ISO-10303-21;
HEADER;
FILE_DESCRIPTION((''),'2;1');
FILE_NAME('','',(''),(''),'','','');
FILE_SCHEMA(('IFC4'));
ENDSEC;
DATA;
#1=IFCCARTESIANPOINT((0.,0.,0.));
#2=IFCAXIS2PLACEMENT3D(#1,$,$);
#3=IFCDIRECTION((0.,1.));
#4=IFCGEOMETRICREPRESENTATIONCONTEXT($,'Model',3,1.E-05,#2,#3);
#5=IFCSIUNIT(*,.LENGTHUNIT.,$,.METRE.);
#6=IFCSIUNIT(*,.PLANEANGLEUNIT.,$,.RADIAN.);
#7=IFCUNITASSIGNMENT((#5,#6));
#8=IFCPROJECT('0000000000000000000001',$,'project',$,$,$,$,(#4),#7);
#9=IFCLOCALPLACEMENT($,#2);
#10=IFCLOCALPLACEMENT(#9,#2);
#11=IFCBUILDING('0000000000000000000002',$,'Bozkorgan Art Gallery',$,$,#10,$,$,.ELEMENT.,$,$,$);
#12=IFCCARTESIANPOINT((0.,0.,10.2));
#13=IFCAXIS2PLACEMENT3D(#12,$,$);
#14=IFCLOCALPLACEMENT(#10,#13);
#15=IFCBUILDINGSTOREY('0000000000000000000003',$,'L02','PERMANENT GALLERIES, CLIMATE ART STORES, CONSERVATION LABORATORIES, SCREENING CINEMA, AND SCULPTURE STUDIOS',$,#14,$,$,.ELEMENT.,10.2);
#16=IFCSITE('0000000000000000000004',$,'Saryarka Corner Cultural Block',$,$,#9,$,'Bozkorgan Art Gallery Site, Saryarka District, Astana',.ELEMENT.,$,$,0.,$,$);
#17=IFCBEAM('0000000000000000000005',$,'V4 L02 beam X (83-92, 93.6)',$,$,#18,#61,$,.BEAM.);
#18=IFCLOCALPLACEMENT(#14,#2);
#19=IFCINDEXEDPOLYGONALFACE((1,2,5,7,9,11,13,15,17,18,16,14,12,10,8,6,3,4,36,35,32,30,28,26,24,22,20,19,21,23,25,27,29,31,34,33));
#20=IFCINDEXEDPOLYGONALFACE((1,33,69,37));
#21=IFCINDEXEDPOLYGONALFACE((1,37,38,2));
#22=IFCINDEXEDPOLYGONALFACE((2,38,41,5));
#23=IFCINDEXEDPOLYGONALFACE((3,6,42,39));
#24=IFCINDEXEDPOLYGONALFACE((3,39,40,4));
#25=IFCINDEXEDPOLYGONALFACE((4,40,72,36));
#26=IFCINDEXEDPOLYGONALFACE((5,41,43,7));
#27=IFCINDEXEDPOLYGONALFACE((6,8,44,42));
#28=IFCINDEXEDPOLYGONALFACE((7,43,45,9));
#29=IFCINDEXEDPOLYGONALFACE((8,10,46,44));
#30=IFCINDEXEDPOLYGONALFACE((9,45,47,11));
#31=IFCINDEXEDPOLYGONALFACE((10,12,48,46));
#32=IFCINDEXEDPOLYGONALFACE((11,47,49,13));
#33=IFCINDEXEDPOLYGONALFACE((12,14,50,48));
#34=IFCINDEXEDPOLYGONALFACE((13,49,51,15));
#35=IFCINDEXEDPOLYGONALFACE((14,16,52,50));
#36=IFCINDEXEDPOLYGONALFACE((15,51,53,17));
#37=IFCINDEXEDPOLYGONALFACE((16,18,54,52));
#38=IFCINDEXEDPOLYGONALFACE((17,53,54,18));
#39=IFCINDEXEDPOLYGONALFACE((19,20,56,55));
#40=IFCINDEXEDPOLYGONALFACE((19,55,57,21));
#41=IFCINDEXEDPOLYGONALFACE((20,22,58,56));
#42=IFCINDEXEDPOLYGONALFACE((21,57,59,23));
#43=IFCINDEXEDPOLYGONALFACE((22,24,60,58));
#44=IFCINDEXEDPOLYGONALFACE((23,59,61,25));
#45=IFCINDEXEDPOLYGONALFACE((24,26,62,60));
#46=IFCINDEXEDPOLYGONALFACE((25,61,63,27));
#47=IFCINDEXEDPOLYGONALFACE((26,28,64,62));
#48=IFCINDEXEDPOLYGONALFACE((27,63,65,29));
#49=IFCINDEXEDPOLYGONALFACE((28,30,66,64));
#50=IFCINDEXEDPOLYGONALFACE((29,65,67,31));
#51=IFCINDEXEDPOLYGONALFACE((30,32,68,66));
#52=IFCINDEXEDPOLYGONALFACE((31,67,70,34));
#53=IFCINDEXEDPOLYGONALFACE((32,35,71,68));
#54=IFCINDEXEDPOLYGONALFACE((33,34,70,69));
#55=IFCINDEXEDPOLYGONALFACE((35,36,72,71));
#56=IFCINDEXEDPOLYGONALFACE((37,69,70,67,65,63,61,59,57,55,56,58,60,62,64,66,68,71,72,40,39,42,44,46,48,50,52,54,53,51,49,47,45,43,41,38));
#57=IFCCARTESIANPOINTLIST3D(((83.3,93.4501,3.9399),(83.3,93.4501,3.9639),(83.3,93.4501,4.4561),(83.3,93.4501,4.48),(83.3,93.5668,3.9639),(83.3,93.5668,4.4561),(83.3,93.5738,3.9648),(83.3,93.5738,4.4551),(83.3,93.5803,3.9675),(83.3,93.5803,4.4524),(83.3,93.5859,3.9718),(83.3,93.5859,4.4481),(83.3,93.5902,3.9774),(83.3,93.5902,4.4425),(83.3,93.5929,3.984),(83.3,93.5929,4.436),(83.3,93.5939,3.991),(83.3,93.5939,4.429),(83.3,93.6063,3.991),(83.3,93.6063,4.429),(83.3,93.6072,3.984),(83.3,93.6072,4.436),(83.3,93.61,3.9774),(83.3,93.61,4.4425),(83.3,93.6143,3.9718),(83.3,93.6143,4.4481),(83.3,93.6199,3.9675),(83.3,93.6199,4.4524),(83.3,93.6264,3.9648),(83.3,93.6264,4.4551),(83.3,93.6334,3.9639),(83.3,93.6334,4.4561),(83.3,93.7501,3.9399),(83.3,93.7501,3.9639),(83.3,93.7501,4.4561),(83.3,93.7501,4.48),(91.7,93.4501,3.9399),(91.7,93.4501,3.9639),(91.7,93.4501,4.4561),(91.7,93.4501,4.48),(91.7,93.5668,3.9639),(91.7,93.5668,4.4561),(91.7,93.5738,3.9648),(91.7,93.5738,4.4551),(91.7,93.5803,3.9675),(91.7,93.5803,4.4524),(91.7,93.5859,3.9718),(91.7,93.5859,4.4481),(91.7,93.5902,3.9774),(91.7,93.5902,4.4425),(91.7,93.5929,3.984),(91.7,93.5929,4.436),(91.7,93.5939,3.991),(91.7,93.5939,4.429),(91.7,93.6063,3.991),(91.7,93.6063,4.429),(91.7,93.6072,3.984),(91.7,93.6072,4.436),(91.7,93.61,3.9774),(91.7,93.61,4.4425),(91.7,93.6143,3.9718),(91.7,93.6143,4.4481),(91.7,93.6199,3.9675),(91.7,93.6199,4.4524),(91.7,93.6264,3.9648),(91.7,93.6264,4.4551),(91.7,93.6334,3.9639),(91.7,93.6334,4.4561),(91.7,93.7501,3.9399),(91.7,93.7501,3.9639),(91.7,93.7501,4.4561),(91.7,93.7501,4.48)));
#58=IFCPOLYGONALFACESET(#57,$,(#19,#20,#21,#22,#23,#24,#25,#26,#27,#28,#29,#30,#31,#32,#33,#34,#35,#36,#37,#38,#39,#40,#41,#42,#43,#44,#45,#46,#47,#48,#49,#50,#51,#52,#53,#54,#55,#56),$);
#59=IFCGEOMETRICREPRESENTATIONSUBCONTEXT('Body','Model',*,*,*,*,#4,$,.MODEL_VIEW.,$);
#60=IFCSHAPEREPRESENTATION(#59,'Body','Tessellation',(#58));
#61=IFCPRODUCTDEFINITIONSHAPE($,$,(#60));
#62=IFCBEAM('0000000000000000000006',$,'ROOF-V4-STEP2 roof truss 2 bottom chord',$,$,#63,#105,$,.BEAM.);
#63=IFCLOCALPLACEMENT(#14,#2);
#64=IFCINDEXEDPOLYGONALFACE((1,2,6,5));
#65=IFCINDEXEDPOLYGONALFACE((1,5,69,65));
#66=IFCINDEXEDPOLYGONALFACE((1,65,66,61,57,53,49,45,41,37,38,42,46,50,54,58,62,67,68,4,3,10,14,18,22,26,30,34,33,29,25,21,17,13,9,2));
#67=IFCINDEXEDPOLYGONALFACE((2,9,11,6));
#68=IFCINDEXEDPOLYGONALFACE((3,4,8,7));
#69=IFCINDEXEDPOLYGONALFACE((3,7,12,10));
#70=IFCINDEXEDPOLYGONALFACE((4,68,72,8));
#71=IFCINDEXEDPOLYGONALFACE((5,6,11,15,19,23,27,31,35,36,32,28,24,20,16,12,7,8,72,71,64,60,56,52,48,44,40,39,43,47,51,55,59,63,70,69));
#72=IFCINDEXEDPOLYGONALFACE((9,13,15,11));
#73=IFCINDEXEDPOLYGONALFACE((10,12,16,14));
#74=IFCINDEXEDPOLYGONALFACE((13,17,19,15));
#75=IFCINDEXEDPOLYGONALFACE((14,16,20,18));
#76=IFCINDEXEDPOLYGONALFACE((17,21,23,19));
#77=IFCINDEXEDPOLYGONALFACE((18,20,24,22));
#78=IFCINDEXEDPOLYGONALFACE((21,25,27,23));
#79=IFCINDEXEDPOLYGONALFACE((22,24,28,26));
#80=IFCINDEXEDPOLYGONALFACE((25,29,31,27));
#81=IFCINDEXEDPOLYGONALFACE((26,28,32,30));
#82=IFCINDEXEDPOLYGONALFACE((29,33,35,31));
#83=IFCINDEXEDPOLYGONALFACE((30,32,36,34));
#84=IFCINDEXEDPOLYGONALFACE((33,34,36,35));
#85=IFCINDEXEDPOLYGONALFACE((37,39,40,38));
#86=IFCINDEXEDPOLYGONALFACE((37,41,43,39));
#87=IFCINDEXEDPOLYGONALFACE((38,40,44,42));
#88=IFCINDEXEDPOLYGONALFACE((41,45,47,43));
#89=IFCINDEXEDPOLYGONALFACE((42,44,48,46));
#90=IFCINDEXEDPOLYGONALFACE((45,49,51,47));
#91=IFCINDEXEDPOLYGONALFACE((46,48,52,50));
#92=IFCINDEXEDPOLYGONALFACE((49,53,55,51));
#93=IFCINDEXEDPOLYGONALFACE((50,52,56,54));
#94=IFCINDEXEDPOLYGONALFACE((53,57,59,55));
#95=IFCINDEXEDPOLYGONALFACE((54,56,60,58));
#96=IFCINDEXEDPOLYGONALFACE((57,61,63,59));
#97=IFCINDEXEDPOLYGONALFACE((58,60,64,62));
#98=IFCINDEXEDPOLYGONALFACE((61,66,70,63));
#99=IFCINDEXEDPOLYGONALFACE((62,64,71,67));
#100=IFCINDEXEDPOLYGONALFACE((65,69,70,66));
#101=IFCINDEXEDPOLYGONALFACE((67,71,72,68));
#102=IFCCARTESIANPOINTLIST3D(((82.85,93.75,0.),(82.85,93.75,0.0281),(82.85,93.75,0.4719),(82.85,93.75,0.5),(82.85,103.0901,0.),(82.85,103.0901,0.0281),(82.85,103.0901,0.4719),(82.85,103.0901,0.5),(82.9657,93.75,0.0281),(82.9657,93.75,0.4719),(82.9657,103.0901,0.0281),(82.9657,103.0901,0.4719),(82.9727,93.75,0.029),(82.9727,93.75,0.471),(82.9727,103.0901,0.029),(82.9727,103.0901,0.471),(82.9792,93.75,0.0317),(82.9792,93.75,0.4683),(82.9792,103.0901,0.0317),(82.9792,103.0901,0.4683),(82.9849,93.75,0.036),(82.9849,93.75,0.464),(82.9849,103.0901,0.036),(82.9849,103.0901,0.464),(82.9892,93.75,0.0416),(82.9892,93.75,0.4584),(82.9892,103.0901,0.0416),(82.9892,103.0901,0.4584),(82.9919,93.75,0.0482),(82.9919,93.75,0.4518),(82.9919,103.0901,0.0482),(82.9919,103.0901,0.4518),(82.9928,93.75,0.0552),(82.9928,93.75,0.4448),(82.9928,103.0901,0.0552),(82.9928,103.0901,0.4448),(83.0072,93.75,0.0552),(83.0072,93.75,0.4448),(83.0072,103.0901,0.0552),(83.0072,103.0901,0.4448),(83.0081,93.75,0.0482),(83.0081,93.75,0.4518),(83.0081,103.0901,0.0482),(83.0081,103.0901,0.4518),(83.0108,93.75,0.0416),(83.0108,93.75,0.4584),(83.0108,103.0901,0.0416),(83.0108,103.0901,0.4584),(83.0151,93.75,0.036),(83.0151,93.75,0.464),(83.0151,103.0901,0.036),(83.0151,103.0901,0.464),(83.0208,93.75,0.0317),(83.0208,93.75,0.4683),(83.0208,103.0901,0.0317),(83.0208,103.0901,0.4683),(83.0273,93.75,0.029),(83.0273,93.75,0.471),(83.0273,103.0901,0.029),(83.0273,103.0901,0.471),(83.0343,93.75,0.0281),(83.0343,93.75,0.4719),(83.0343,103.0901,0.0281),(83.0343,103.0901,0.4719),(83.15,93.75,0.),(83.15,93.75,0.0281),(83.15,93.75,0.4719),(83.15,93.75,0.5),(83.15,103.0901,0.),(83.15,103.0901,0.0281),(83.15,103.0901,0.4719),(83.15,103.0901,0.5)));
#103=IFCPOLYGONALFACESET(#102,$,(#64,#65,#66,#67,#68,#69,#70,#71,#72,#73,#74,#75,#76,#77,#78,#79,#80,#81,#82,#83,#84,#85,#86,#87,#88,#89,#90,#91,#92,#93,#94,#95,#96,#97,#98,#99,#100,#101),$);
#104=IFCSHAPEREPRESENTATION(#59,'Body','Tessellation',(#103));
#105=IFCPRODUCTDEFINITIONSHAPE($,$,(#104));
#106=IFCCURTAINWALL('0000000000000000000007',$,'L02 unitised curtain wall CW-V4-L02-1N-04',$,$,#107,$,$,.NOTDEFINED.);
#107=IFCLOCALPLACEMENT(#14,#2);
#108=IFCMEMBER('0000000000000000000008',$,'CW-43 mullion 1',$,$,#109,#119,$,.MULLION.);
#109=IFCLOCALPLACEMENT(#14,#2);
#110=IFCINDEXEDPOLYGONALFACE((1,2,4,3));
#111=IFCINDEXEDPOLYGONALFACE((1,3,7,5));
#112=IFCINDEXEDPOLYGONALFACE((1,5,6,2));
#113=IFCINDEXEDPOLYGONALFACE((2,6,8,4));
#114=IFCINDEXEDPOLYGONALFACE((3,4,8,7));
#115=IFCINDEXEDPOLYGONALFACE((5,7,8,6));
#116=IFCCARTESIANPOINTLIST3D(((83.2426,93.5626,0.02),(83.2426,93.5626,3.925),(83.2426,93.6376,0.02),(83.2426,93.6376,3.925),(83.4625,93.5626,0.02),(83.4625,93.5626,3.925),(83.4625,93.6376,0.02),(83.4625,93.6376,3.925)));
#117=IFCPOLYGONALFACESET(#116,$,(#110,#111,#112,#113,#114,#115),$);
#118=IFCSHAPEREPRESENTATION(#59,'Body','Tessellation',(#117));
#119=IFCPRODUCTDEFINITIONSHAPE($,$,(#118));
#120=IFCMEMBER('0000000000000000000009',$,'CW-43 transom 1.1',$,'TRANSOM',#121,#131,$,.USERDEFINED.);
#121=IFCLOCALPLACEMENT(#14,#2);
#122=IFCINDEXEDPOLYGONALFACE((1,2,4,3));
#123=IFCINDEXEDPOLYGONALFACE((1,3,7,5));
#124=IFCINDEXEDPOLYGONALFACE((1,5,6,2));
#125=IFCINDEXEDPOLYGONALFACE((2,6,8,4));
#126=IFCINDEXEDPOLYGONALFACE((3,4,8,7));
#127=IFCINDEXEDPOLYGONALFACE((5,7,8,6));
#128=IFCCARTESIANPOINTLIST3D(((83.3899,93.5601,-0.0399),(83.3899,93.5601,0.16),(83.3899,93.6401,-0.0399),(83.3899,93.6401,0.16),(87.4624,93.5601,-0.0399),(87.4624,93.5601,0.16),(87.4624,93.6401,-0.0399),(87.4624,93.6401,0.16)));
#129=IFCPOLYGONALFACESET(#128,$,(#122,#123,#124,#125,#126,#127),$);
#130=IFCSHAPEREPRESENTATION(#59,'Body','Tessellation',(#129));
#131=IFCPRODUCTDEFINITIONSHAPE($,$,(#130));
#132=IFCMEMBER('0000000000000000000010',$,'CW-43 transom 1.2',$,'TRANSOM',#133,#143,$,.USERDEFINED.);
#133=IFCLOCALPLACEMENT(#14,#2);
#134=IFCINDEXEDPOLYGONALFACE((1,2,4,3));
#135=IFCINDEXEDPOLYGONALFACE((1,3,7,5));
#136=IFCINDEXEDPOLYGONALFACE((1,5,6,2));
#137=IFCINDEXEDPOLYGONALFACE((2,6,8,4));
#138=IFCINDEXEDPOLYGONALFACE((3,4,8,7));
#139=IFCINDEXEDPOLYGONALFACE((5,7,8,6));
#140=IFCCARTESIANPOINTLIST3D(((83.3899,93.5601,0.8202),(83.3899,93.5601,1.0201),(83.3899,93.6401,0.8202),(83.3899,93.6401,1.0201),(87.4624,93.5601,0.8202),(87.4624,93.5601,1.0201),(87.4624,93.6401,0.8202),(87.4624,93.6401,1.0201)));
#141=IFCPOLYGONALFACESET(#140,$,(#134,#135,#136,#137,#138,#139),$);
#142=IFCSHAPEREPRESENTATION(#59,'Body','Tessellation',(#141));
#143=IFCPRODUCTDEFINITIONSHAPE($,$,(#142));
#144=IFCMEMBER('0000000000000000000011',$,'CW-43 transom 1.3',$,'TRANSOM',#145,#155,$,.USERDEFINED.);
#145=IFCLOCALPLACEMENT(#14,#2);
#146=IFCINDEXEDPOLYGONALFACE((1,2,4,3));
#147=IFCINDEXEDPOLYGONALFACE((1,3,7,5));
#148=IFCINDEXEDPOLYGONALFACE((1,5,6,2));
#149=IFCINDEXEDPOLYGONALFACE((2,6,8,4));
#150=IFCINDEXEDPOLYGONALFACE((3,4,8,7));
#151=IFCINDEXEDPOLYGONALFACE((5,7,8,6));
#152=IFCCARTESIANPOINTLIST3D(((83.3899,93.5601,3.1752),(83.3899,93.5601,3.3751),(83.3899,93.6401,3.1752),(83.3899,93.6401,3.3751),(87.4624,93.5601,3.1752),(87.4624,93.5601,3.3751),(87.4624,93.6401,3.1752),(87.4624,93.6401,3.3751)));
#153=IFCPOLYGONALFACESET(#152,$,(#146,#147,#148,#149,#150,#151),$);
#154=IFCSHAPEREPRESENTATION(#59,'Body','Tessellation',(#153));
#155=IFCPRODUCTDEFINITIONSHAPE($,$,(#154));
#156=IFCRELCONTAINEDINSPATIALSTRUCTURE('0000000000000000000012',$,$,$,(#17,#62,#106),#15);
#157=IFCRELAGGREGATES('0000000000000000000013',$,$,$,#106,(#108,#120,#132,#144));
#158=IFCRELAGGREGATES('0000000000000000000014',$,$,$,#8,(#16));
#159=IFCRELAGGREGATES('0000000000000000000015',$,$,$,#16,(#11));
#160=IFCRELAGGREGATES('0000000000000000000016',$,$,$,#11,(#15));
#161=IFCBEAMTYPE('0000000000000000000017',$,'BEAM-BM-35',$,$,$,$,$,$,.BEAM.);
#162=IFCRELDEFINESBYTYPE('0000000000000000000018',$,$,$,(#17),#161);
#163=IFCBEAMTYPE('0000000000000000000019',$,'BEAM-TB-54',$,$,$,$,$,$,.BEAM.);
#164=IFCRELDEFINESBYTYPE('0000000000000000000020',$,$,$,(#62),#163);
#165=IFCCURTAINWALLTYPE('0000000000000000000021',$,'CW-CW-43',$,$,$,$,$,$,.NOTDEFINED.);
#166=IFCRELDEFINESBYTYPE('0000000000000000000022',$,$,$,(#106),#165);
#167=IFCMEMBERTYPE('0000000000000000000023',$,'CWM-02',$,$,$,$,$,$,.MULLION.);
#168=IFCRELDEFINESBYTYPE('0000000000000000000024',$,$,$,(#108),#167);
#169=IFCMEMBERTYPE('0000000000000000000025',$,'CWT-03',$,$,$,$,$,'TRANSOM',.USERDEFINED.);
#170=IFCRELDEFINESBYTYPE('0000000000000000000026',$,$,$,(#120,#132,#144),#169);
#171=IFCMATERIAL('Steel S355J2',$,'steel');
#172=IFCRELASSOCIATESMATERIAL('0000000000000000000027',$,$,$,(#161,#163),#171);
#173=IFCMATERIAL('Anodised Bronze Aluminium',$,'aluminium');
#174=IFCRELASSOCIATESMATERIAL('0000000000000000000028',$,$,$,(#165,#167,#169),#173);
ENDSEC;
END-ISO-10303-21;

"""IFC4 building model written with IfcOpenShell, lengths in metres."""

from ifc_helpers import new_model, si_unit, direction, frame, origin, origin_2d, place, context, subcontext, project, spatial, rectangle, i_section, extrude, material, material_profile, profile_set, type_object, element, aggregate, save


model = new_model("IFC4")

# Units and contexts
model_context = context("Model", 3, precision=1e-05, world=origin(), true_north=direction((0.0, 1.0)))
body_context = subcontext(model_context, "Body", "Model", "MODEL_VIEW")
ifc_project = project(units=[si_unit("LENGTHUNIT", "METRE"), si_unit("PLANEANGLEUNIT", "RADIAN")], contexts=[model_context])

# Site, building, storey
site_placement = place(None, origin())
site = spatial("IfcSite", under=ifc_project, at=site_placement, Name="Saryarka Corner Cultural Block", LongName="Bozkorgan Art Gallery Site, Saryarka District, Astana", CompositionType="ELEMENT", RefElevation=0.0)
building_placement = place(site_placement, origin())
building = spatial("IfcBuilding", under=site, at=building_placement, Name="Bozkorgan Art Gallery", CompositionType="ELEMENT")
storey_placement = place(building_placement, frame((0.0, 0.0, 10.2)))
storey = spatial("IfcBuildingStorey", under=building, at=storey_placement, Name="L02", Description="PERMANENT GALLERIES, CLIMATE ART STORES, CONSERVATION LABORATORIES, SCREENING CINEMA, AND SCULPTURE STUDIOS", CompositionType="ELEMENT", Elevation=10.2)

# Beams
ifc_material_1 = material(Name="Steel S355J2", Category="steel")
ifc_material_profile_1 = material_profile(ifc_material_1, i_section(OverallWidth=0.3, OverallDepth=0.54, WebThickness=0.0125, FlangeThickness=0.0239, FilletRadius=0.0271, at=origin_2d()), Name="HEA 550")
ifc_profile_set_1 = profile_set([ifc_material_profile_1], Name="Steel S355J2")
beam_type_1 = type_object("IfcBeamType", Name="BEAM-BM-35", PredefinedType="BEAM", material=ifc_profile_set_1)
beam_1_placement = place(storey_placement, frame((83.3, 93.6001, 4.21), z_axis=(1.0, 0.0, 0.0), x_axis=(0.0, 1.0, 0.0)))
element("IfcBeam", 1, at=beam_1_placement, inside=storey, type_object=beam_type_1, Name="V4 L02 beam X (83-92, 93.6)", PredefinedType="BEAM", context=body_context, shape_type="SweptSolid", body=[
    extrude(i_section(OverallWidth=0.3, OverallDepth=0.54, WebThickness=0.0125, FlangeThickness=0.0239, FilletRadius=0.0271, at=origin_2d()), origin(), (0.0, 0.0, 1.0), 8.3999),
])
ifc_material_profile_2 = material_profile(ifc_material_1, i_section(OverallWidth=0.3, OverallDepth=0.5, WebThickness=0.0144, FlangeThickness=0.0281, FilletRadius=0.0271, at=origin_2d()), Name="HEB 500")
ifc_profile_set_2 = profile_set([ifc_material_profile_2], Name="Steel S355J2")
beam_type_2 = type_object("IfcBeamType", Name="BEAM-TB-54", PredefinedType="BEAM", material=ifc_profile_set_2)
beam_2_placement = place(storey_placement, frame((83.0, 93.75, 0.25), z_axis=(0.0, 1.0, 0.0), x_axis=(-1.0, 0.0, 0.0)))
element("IfcBeam", 2, at=beam_2_placement, inside=storey, type_object=beam_type_2, Name="ROOF-V4-STEP2 roof truss 2 bottom chord", PredefinedType="BEAM", context=body_context, shape_type="SweptSolid", body=[
    extrude(i_section(OverallWidth=0.3, OverallDepth=0.5, WebThickness=0.0144, FlangeThickness=0.0281, FilletRadius=0.0271, at=origin_2d()), origin(), (0.0, 0.0, 1.0), 9.3401),
])

# Curtain wall, members
ifc_material_2 = material(Name="Anodised Bronze Aluminium", Category="aluminium")
curtain_wall_type = type_object("IfcCurtainWallType", Name="CW-CW-43", PredefinedType="NOTDEFINED", material=ifc_material_2)
curtain_wall_placement = place(storey_placement, origin())
curtain_wall = element("IfcCurtainWall", 3, at=curtain_wall_placement, inside=storey, type_object=curtain_wall_type, Name="L02 unitised curtain wall CW-V4-L02-1N-04", PredefinedType="NOTDEFINED")
ifc_material_profile_3 = material_profile(ifc_material_2, rectangle(XDim=0.075, YDim=0.22, at=origin_2d()), Name="ALU MULLION 75x220")
ifc_profile_set_3 = profile_set([ifc_material_profile_3], Name="Anodised Bronze Aluminium")
member_type_1 = type_object("IfcMemberType", Name="CWM-02", PredefinedType="MULLION", material=ifc_profile_set_3)
member_1_placement = place(storey_placement, frame((83.3525, 93.6001, 0.02), z_axis=(0.0, 0.0, 1.0), x_axis=(0.0, 1.0, 0.0)))
member_1 = element("IfcMember", 4, at=member_1_placement, type_object=member_type_1, Name="CW-43 mullion 1", PredefinedType="MULLION", context=body_context, shape_type="SweptSolid", body=[
    extrude(rectangle(XDim=0.075, YDim=0.22, at=origin_2d()), origin(), (0.0, 0.0, 1.0), 3.905),
])
ifc_material_profile_4 = material_profile(ifc_material_2, rectangle(XDim=0.0801, YDim=0.2, at=origin_2d()), Name="ALU TRANSOM 80x200")
ifc_profile_set_4 = profile_set([ifc_material_profile_4], Name="Anodised Bronze Aluminium")
member_type_2 = type_object("IfcMemberType", Name="CWT-03", ElementType="TRANSOM", PredefinedType="USERDEFINED", material=ifc_profile_set_4)
member_2_placement = place(storey_placement, frame((83.3899, 93.6001, 0.0601), z_axis=(1.0, 0.0, 0.0), x_axis=(0.0, 1.0, 0.0)))
member_2 = element("IfcMember", 5, at=member_2_placement, type_object=member_type_2, Name="CW-43 transom 1.1", ObjectType="TRANSOM", PredefinedType="USERDEFINED", context=body_context, shape_type="SweptSolid", body=[
    extrude(rectangle(XDim=0.0801, YDim=0.2, at=origin_2d()), origin(), (0.0, 0.0, 1.0), 4.0725),
])
member_3_placement = place(storey_placement, frame((83.3899, 93.6001, 0.9202), z_axis=(1.0, 0.0, 0.0), x_axis=(0.0, 1.0, 0.0)))
member_3 = element("IfcMember", 6, at=member_3_placement, type_object=member_type_2, Name="CW-43 transom 1.2", ObjectType="TRANSOM", PredefinedType="USERDEFINED", context=body_context, shape_type="SweptSolid", body=[
    extrude(rectangle(XDim=0.0801, YDim=0.2, at=origin_2d()), origin(), (0.0, 0.0, 1.0), 4.0725),
])
member_4_placement = place(storey_placement, frame((83.3899, 93.6001, 3.2751), z_axis=(1.0, 0.0, 0.0), x_axis=(0.0, 1.0, 0.0)))
member_4 = element("IfcMember", 7, at=member_4_placement, type_object=member_type_2, Name="CW-43 transom 1.3", ObjectType="TRANSOM", PredefinedType="USERDEFINED", context=body_context, shape_type="SweptSolid", body=[
    extrude(rectangle(XDim=0.0801, YDim=0.2, at=origin_2d()), origin(), (0.0, 0.0, 1.0), 4.0725),
])
aggregate(curtain_wall, [member_1, member_2, member_3, member_4])

save(model, "model.ifc")
